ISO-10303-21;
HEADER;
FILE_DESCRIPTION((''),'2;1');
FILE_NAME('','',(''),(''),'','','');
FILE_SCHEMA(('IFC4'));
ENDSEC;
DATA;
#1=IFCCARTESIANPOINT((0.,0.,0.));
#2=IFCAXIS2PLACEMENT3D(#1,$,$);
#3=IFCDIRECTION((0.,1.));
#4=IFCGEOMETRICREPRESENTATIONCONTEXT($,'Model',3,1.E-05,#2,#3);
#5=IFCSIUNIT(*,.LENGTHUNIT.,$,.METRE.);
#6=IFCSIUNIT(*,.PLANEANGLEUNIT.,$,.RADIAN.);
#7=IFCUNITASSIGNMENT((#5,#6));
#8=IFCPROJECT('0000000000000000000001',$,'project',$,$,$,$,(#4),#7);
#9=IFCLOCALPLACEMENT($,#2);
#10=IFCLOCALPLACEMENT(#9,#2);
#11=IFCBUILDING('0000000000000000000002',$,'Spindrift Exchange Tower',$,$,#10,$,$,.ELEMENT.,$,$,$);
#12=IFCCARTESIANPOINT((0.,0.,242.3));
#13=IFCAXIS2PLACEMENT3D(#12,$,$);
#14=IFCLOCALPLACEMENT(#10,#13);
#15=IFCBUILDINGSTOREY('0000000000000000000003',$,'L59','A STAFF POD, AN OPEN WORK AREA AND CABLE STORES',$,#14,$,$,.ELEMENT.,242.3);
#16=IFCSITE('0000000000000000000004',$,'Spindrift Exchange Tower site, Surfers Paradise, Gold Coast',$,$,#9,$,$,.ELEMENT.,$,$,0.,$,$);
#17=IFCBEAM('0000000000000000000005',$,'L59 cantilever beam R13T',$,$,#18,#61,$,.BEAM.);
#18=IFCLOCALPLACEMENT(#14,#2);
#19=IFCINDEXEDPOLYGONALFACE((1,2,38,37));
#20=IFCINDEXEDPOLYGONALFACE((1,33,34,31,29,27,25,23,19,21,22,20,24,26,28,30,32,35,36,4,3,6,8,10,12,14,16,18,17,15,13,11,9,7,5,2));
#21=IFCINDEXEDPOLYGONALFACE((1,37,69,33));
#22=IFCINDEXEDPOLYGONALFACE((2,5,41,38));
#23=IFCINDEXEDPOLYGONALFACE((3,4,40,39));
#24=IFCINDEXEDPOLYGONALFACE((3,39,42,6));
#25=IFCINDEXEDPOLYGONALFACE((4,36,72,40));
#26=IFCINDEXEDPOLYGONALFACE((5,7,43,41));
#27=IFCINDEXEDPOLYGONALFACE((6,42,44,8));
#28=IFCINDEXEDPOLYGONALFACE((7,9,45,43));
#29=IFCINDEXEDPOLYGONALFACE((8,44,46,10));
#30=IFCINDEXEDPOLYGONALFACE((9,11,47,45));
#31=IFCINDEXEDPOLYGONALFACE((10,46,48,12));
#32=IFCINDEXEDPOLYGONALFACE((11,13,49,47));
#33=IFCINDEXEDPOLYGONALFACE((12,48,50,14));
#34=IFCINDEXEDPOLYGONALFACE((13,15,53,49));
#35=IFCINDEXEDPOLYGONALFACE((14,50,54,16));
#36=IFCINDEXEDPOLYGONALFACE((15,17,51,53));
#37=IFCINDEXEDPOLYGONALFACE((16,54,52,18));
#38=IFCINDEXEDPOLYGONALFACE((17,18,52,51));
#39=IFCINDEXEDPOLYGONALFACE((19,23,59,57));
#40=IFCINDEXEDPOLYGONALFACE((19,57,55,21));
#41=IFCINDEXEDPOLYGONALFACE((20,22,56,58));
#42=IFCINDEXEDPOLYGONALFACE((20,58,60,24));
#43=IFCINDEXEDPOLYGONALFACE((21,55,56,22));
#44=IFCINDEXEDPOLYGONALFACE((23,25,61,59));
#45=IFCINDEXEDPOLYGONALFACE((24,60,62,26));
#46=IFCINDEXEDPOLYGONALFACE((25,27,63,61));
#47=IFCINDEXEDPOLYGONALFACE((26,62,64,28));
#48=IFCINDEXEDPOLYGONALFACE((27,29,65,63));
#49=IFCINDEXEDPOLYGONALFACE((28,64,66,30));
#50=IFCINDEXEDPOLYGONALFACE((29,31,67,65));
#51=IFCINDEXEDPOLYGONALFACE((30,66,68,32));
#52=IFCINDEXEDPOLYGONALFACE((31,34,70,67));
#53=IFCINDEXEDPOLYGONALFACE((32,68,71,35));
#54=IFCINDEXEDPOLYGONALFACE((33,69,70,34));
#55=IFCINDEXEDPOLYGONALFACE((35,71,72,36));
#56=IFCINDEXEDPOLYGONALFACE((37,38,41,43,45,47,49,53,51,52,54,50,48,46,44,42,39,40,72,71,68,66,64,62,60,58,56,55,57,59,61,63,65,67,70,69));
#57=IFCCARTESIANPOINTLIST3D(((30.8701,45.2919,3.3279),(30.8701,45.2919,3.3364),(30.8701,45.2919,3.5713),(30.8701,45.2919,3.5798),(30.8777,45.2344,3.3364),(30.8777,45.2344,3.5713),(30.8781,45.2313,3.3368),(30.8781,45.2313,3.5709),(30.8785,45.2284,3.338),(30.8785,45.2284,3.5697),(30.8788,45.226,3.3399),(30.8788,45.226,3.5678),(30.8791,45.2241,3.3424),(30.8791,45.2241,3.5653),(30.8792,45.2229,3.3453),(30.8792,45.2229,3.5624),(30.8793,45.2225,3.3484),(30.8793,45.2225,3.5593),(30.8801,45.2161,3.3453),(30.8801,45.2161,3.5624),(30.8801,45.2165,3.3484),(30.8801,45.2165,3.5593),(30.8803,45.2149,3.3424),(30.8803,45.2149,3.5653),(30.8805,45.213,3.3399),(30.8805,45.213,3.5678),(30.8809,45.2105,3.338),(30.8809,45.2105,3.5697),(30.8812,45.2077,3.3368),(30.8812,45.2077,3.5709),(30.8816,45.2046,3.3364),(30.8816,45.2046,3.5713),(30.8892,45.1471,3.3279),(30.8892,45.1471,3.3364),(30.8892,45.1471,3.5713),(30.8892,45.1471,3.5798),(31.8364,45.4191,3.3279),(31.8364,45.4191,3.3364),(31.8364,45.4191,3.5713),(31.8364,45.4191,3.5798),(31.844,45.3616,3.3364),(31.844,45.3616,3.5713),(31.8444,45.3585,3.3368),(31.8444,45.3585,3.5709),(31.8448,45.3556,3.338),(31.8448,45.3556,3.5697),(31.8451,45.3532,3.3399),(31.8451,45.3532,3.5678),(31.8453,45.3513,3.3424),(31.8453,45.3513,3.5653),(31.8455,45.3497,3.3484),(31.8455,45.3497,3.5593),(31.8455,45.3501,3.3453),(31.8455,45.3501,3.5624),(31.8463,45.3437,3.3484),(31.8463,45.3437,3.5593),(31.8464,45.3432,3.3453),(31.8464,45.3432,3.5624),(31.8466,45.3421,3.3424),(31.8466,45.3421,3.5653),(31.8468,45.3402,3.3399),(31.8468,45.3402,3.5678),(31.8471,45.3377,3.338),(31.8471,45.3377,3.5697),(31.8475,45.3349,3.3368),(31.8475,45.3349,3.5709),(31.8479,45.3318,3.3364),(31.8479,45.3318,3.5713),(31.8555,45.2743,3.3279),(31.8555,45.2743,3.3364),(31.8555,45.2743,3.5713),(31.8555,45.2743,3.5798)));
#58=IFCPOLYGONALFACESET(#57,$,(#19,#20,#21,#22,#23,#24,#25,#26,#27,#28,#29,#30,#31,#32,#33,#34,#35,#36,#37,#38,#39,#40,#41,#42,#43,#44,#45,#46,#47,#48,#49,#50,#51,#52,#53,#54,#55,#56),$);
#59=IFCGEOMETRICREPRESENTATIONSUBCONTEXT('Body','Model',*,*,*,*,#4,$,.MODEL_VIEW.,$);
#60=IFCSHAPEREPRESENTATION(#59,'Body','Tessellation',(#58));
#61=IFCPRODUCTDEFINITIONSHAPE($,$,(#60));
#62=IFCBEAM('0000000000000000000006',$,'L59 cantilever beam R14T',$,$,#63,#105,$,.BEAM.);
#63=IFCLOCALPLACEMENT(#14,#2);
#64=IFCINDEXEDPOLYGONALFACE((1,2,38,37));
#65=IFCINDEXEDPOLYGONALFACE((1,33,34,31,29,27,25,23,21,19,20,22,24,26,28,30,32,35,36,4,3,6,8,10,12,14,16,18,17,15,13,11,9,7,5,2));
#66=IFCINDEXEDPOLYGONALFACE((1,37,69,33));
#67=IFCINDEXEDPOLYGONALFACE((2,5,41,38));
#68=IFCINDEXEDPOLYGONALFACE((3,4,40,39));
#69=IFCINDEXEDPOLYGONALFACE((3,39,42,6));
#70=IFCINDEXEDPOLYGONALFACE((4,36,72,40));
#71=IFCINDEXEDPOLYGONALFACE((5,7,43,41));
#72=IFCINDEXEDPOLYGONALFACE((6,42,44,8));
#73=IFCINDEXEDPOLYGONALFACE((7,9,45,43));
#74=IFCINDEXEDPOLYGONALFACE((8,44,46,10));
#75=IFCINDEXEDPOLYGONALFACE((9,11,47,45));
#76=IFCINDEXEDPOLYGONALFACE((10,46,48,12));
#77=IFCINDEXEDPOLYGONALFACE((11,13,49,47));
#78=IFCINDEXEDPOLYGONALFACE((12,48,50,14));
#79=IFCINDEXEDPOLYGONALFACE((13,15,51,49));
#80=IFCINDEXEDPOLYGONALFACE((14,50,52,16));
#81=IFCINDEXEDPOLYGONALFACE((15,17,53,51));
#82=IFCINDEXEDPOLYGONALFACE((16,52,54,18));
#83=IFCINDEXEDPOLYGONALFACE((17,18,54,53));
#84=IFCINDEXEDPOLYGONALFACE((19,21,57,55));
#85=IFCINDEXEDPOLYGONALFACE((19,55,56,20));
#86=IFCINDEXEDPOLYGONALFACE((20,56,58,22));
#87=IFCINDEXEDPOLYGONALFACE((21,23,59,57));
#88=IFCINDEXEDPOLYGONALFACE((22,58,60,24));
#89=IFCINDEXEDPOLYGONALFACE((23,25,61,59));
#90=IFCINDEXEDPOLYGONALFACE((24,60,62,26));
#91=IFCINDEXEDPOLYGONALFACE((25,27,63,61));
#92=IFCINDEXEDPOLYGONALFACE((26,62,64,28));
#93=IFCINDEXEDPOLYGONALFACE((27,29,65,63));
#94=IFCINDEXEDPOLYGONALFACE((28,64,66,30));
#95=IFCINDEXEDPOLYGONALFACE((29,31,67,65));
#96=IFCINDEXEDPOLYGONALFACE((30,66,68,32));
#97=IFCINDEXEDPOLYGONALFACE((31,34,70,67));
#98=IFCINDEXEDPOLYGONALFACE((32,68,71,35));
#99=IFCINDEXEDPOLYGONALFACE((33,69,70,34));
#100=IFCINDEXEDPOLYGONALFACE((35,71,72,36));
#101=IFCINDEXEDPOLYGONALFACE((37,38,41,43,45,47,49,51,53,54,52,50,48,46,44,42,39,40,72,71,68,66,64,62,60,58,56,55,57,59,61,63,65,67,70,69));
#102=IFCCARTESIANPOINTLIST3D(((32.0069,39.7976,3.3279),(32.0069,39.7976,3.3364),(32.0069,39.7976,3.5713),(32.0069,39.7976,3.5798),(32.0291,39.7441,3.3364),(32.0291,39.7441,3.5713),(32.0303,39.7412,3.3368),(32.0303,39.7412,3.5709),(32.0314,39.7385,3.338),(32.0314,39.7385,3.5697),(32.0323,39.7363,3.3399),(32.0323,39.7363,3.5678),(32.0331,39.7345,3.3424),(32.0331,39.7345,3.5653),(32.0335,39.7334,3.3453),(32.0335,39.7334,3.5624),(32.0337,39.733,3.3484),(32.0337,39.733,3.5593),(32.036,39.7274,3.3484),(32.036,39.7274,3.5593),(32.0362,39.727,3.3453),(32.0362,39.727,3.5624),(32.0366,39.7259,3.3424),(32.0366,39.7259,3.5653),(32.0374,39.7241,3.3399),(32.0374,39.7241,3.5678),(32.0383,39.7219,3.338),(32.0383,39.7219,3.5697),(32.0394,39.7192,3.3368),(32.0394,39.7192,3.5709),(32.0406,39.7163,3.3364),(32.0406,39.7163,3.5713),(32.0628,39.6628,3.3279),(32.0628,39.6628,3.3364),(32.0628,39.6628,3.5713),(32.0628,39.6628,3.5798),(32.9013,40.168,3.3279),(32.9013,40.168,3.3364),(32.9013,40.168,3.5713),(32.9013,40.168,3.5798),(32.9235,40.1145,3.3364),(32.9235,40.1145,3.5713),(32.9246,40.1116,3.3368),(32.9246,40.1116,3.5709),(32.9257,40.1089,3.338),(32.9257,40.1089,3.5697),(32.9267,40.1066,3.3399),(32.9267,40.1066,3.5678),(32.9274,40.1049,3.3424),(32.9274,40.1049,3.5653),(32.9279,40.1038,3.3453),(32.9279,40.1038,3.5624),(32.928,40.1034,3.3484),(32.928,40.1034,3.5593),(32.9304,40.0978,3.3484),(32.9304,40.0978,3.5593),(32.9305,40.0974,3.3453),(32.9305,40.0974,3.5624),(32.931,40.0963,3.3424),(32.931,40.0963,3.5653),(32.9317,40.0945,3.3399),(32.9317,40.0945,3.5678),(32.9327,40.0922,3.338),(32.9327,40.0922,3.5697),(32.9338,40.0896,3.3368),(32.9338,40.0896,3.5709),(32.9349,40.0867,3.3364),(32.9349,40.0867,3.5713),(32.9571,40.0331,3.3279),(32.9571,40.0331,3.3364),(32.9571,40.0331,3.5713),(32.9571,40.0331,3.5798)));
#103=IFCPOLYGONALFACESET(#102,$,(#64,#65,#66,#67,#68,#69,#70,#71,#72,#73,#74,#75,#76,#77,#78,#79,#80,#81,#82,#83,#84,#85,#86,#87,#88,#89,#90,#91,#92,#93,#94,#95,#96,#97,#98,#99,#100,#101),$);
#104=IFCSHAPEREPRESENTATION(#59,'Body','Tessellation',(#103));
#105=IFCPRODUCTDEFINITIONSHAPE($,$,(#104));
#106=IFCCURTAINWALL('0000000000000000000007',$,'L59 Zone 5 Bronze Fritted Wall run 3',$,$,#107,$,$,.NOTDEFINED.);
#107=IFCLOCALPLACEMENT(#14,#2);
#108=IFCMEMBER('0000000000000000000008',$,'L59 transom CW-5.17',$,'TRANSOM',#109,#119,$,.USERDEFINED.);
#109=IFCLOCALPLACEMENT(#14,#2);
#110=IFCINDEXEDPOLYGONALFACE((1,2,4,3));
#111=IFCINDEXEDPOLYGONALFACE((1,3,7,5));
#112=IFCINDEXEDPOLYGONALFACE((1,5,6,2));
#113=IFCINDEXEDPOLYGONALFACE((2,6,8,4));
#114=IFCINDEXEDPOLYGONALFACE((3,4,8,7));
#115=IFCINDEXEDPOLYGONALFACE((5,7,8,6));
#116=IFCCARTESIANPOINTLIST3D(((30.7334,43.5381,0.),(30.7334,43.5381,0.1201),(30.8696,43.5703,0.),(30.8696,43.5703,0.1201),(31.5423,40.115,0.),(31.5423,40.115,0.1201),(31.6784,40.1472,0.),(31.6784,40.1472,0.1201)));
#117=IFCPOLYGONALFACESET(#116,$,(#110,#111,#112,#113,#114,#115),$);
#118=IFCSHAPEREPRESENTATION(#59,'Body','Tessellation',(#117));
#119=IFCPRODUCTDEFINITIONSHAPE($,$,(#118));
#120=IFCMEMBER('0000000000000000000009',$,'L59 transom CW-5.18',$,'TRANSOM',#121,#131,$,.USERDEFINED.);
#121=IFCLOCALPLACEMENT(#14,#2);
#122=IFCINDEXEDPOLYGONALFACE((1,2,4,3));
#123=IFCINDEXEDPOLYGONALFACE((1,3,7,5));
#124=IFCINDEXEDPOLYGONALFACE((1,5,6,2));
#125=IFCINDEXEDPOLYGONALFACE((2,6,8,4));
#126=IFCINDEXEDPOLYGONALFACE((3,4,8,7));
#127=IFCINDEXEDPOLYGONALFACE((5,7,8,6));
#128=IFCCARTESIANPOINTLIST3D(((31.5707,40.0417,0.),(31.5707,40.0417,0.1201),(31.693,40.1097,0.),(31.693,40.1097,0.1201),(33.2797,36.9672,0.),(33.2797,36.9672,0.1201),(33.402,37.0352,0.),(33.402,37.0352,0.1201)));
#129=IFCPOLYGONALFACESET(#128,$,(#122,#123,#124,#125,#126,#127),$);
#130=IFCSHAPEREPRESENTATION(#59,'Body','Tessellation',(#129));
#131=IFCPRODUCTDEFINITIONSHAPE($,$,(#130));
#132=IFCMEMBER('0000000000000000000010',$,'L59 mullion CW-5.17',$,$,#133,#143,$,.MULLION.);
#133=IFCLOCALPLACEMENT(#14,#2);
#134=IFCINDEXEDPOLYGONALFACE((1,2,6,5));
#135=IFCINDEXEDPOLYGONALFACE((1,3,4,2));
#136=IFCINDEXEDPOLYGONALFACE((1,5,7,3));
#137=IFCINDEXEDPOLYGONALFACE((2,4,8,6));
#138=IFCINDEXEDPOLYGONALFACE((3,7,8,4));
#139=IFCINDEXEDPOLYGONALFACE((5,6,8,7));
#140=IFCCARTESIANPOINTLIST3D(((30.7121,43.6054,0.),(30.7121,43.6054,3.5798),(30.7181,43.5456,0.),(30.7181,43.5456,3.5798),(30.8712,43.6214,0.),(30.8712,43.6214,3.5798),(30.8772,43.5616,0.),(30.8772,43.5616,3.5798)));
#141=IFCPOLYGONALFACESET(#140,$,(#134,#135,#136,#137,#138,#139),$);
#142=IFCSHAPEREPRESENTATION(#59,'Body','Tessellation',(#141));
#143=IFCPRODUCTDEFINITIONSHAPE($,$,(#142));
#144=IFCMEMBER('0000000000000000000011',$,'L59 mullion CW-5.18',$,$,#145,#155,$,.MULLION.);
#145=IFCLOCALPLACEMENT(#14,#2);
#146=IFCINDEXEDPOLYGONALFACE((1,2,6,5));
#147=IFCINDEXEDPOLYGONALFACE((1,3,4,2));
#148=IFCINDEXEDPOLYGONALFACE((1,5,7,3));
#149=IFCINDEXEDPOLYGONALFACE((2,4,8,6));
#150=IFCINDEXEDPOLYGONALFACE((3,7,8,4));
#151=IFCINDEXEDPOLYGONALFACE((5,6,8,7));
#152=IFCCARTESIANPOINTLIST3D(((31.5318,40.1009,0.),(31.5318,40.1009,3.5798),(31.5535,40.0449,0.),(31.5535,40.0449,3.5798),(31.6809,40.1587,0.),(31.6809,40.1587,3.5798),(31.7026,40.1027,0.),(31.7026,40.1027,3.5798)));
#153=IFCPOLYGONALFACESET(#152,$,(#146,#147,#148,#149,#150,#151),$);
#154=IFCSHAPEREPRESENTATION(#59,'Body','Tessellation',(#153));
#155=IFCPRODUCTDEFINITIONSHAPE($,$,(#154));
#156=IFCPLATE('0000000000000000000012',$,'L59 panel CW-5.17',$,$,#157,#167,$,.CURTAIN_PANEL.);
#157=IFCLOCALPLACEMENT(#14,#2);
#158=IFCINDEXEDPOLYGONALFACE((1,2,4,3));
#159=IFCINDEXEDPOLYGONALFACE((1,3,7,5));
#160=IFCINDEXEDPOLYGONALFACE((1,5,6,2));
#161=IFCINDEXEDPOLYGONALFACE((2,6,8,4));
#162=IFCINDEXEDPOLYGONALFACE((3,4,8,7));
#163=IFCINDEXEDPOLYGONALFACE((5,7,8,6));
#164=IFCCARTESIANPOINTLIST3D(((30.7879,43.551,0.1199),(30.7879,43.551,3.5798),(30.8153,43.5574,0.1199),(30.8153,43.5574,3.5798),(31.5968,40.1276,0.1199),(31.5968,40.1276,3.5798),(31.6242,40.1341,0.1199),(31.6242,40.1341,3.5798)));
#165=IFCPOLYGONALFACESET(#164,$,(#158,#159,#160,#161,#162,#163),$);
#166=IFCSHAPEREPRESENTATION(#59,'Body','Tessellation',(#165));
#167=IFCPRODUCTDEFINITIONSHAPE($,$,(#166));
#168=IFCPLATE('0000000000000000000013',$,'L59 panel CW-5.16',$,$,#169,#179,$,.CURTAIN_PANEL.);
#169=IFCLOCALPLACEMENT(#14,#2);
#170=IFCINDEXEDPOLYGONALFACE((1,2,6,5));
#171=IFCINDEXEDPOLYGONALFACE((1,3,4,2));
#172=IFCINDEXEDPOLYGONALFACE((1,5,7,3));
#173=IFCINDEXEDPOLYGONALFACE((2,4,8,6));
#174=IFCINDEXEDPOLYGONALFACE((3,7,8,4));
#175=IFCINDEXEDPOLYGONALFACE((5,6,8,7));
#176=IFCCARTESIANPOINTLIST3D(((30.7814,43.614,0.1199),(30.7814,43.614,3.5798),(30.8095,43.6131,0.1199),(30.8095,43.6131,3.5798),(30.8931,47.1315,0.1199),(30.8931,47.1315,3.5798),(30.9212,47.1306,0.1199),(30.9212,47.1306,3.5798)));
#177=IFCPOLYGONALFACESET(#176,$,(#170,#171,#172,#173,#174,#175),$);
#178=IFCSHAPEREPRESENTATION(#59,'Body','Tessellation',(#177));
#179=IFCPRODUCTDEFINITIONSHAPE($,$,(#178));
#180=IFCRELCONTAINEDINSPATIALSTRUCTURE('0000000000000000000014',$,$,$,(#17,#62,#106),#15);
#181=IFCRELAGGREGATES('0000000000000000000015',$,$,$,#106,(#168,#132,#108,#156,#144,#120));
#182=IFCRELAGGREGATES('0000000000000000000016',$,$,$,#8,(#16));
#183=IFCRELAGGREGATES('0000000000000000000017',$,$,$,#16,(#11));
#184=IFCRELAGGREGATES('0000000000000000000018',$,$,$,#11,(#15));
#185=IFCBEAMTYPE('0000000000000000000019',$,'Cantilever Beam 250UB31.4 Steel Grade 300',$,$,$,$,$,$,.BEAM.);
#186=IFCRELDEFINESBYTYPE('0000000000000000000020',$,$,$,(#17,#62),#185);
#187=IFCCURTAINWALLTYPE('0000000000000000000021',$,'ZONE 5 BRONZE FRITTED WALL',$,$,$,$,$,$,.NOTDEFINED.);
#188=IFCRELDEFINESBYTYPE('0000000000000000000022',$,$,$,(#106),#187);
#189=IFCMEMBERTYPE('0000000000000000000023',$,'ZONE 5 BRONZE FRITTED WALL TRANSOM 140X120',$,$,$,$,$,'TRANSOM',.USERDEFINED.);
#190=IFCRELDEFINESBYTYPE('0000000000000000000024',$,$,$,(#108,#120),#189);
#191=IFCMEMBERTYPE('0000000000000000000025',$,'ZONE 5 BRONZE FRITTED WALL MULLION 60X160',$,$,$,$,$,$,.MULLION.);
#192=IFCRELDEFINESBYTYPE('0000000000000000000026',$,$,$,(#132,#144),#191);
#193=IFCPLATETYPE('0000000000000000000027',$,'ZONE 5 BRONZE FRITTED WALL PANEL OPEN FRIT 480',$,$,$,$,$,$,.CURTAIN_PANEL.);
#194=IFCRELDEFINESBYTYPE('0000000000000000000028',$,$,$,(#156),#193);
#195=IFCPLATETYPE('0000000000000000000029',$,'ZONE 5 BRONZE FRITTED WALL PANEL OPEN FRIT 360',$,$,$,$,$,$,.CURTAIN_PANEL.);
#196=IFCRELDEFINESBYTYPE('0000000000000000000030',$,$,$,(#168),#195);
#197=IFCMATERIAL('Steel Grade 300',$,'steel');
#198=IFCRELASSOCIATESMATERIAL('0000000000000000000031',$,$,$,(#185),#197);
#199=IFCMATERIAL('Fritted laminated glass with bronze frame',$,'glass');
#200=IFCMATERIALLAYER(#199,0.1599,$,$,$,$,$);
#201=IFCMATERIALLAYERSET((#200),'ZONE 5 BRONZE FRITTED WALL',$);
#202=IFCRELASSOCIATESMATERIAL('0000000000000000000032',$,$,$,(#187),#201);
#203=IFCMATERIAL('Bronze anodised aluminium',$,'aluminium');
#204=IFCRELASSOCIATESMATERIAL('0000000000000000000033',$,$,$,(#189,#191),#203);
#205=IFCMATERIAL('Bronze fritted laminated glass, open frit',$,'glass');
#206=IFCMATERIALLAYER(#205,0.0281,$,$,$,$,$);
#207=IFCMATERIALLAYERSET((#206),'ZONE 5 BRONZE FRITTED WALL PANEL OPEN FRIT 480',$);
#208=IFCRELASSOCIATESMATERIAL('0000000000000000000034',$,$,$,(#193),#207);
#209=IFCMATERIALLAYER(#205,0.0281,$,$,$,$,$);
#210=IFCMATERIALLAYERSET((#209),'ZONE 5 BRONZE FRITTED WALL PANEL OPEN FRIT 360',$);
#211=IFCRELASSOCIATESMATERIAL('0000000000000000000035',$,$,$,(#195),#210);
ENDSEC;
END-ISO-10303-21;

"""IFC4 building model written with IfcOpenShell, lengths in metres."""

from ifc_helpers import new_model, si_unit, direction, frame, origin, origin_2d, place, context, subcontext, project, spatial, rectangle, i_section, extrude, source, transform, mapped, material, layer, layer_set, material_profile, profile_set, type_object, element, aggregate, save


model = new_model("IFC4")

# Units and contexts
model_context = context("Model", 3, precision=1e-05, world=origin(), true_north=direction((0.0, 1.0)))
body_context = subcontext(model_context, "Body", "Model", "MODEL_VIEW")
ifc_project = project(units=[si_unit("LENGTHUNIT", "METRE"), si_unit("PLANEANGLEUNIT", "RADIAN")], contexts=[model_context])

# Site, building, storey
site_placement = place(None, origin())
site = spatial("IfcSite", under=ifc_project, at=site_placement, Name="Spindrift Exchange Tower site, Surfers Paradise, Gold Coast", CompositionType="ELEMENT", RefElevation=0.0)
building_placement = place(site_placement, origin())
building = spatial("IfcBuilding", under=site, at=building_placement, Name="Spindrift Exchange Tower", CompositionType="ELEMENT")
storey_placement = place(building_placement, frame((0.0, 0.0, 242.3)))
storey = spatial("IfcBuildingStorey", under=building, at=storey_placement, Name="L59", Description="A STAFF POD, AN OPEN WORK AREA AND CABLE STORES", CompositionType="ELEMENT", Elevation=242.3)

# Beams
ifc_material_1 = material(Name="Steel Grade 300", Category="steel")
ifc_material_profile_1 = material_profile(ifc_material_1, i_section(OverallWidth=0.146, OverallDepth=0.252, WebThickness=0.0061, FlangeThickness=0.0085, FilletRadius=0.012, at=origin_2d()), Name="250UB31.4")
ifc_profile_set_1 = profile_set([ifc_material_profile_1], Name="Steel Grade 300")
beam_type_1 = type_object("IfcBeamType", Name="Cantilever Beam 250UB31.4 Steel Grade 300", PredefinedType="BEAM", material=ifc_profile_set_1)
shared_shape_1 = source(origin(), body_context, "Body", "SweptSolid", [
    extrude(i_section(OverallWidth=0.146, OverallDepth=0.252, WebThickness=0.0061, FlangeThickness=0.0085, FilletRadius=0.012, at=origin_2d()), origin(), (0.0, 0.0, 1.0), 0.9746),
])
beam_1_placement = place(storey_placement, frame((31.8459, 45.3467, 3.4539), z_axis=(-0.991447, -0.130506, 0.0), x_axis=(0.130506, -0.991447, 0.0)))
element("IfcBeam", 1, at=beam_1_placement, inside=storey, type_object=beam_type_1, Name="L59 cantilever beam R13T", PredefinedType="BEAM", context=body_context, shape_type="MappedRepresentation", body=[
    mapped(shared_shape_1, transform((0.0, 0.0, 0.0), scale=1.0)),
])
shared_shape_2 = source(origin(), body_context, "Body", "SweptSolid", [
    extrude(i_section(OverallWidth=0.146, OverallDepth=0.252, WebThickness=0.0061, FlangeThickness=0.0085, FilletRadius=0.012, at=origin_2d()), origin(), (0.0, 0.0, 1.0), 0.968),
])
beam_2_placement = place(storey_placement, frame((32.9292, 40.1006, 3.4539), z_axis=(-0.923903, -0.382627, 0.0), x_axis=(0.382627, -0.923903, 0.0)))
element("IfcBeam", 2, at=beam_2_placement, inside=storey, type_object=beam_type_1, Name="L59 cantilever beam R14T", PredefinedType="BEAM", context=body_context, shape_type="MappedRepresentation", body=[
    mapped(shared_shape_2, transform((0.0, 0.0, 0.0), scale=1.0)),
])

# Curtain wall, members, plates
ifc_material_2 = material(Name="Fritted laminated glass with bronze frame", Category="glass")
ifc_layer_1 = layer(ifc_material_2, 0.1599)
ifc_layer_set_1 = layer_set([ifc_layer_1], Name="ZONE 5 BRONZE FRITTED WALL")
curtain_wall_type = type_object("IfcCurtainWallType", Name="ZONE 5 BRONZE FRITTED WALL", PredefinedType="NOTDEFINED", material=ifc_layer_set_1)
curtain_wall_placement = place(storey_placement, origin())
curtain_wall = element("IfcCurtainWall", 3, at=curtain_wall_placement, inside=storey, type_object=curtain_wall_type, Name="L59 Zone 5 Bronze Fritted Wall run 3", PredefinedType="NOTDEFINED")
ifc_material_3 = material(Name="Bronze anodised aluminium", Category="aluminium")
ifc_material_profile_2 = material_profile(ifc_material_3, rectangle(XDim=0.1399, YDim=0.1201, at=origin_2d()), Name="ZONE 5 BRONZE FRITTED WALL TRANSOM 140X120")
ifc_profile_set_2 = profile_set([ifc_material_profile_2], Name="Bronze anodised aluminium")
member_type_1 = type_object("IfcMemberType", Name="ZONE 5 BRONZE FRITTED WALL TRANSOM 140X120", ElementType="TRANSOM", PredefinedType="USERDEFINED", material=ifc_profile_set_2)
shared_shape_3 = source(origin(), body_context, "Body", "SweptSolid", [
    extrude(rectangle(XDim=0.1399, YDim=0.1201, at=origin_2d()), origin(), (0.0, 0.0, 1.0), 3.5173),
])
member_1_placement = place(storey_placement, frame((30.8015, 43.5542, 0.0601), z_axis=(0.229956, -0.973201, 0.0), x_axis=(0.973201, 0.229956, 0.0)))
member_1 = element("IfcMember", 4, at=member_1_placement, type_object=member_type_1, Name="L59 transom CW-5.17", ObjectType="TRANSOM", PredefinedType="USERDEFINED", context=body_context, shape_type="MappedRepresentation", body=[
    mapped(shared_shape_3, transform((0.0, 0.0, 0.0), scale=1.0)),
])
shared_shape_4 = source(origin(), body_context, "Body", "SweptSolid", [
    extrude(rectangle(XDim=0.1399, YDim=0.1201, at=origin_2d()), origin(), (0.0, 0.0, 1.0), 3.5176),
])
member_2_placement = place(storey_placement, frame((31.6318, 40.0757, 0.0601), z_axis=(0.485849, -0.874043, 0.0), x_axis=(0.874043, 0.485849, 0.0)))
member_2 = element("IfcMember", 5, at=member_2_placement, type_object=member_type_1, Name="L59 transom CW-5.18", ObjectType="TRANSOM", PredefinedType="USERDEFINED", context=body_context, shape_type="MappedRepresentation", body=[
    mapped(shared_shape_4, transform((0.0, 0.0, 0.0), scale=1.0)),
])
ifc_material_profile_3 = material_profile(ifc_material_3, rectangle(XDim=0.0601, YDim=0.1599, at=origin_2d()), Name="ZONE 5 BRONZE FRITTED WALL MULLION 60X160")
ifc_profile_set_3 = profile_set([ifc_material_profile_3], Name="Bronze anodised aluminium")
member_type_2 = type_object("IfcMemberType", Name="ZONE 5 BRONZE FRITTED WALL MULLION 60X160", PredefinedType="MULLION", material=ifc_profile_set_3)
shared_shape_5 = source(origin(), body_context, "Body", "SweptSolid", [
    extrude(rectangle(XDim=0.0601, YDim=0.1599, at=origin_2d()), origin(), (0.0, 0.0, 1.0), 3.5798),
])
member_3_placement = place(storey_placement, frame((30.7947, 43.5835, 0.0), z_axis=(0.0, 0.0, 1.0), x_axis=(0.099979, -0.99499, 0.0)))
member_3 = element("IfcMember", 6, at=member_3_placement, type_object=member_type_2, Name="L59 mullion CW-5.17", PredefinedType="MULLION", context=body_context, shape_type="MappedRepresentation", body=[
    mapped(shared_shape_5, transform((0.0, 0.0, 0.0), scale=1.0)),
])
member_4_placement = place(storey_placement, frame((31.6172, 40.1018, 0.0), z_axis=(0.0, 0.0, 1.0), x_axis=(0.361319, -0.932442, 0.0)))
member_4 = element("IfcMember", 7, at=member_4_placement, type_object=member_type_2, Name="L59 mullion CW-5.18", PredefinedType="MULLION", context=body_context, shape_type="MappedRepresentation", body=[
    mapped(shared_shape_5, transform((0.0, 0.0, 0.0), scale=1.0)),
])
ifc_material_4 = material(Name="Bronze fritted laminated glass, open frit", Category="glass")
ifc_layer_2 = layer(ifc_material_4, 0.0281)
ifc_layer_set_2 = layer_set([ifc_layer_2], Name="ZONE 5 BRONZE FRITTED WALL PANEL OPEN FRIT 480")
plate_type_1 = type_object("IfcPlateType", Name="ZONE 5 BRONZE FRITTED WALL PANEL OPEN FRIT 480", PredefinedType="CURTAIN_PANEL", material=ifc_layer_set_2)
shared_shape_6 = source(origin(), body_context, "Body", "SweptSolid", [
    extrude(rectangle(XDim=3.5176, YDim=0.0281, at=origin_2d()), origin(), (0.0, 0.0, 1.0), 3.46),
])
plate_1_placement = place(storey_placement, frame((31.2061, 41.8425, 0.1199), z_axis=(0.0, 0.0, 1.0), x_axis=(0.22996, -0.9732, 0.0)))
plate_1 = element("IfcPlate", 8, at=plate_1_placement, type_object=plate_type_1, Name="L59 panel CW-5.17", PredefinedType="CURTAIN_PANEL", context=body_context, shape_type="MappedRepresentation", body=[
    mapped(shared_shape_6, transform((0.0, 0.0, 0.0), scale=1.0)),
])
ifc_layer_3 = layer(ifc_material_4, 0.0281)
ifc_layer_set_3 = layer_set([ifc_layer_3], Name="ZONE 5 BRONZE FRITTED WALL PANEL OPEN FRIT 360")
plate_type_2 = type_object("IfcPlateType", Name="ZONE 5 BRONZE FRITTED WALL PANEL OPEN FRIT 360", PredefinedType="CURTAIN_PANEL", material=ifc_layer_set_3)
shared_shape_7 = source(origin(), body_context, "Body", "SweptSolid", [
    extrude(rectangle(XDim=3.5193, YDim=0.0281, at=origin_2d()), origin(), (0.0, 0.0, 1.0), 3.46),
])
plate_2_placement = place(storey_placement, frame((30.8513, 45.3723, 0.1199), z_axis=(0.0, 0.0, 1.0), x_axis=(-0.031739, -0.999496, 0.0)))
plate_2 = element("IfcPlate", 9, at=plate_2_placement, type_object=plate_type_2, Name="L59 panel CW-5.16", PredefinedType="CURTAIN_PANEL", context=body_context, shape_type="MappedRepresentation", body=[
    mapped(shared_shape_7, transform((0.0, 0.0, 0.0), scale=1.0)),
])
aggregate(curtain_wall, [plate_2, member_3, member_1, plate_1, member_4, member_2])

save(model, "model.ifc")
